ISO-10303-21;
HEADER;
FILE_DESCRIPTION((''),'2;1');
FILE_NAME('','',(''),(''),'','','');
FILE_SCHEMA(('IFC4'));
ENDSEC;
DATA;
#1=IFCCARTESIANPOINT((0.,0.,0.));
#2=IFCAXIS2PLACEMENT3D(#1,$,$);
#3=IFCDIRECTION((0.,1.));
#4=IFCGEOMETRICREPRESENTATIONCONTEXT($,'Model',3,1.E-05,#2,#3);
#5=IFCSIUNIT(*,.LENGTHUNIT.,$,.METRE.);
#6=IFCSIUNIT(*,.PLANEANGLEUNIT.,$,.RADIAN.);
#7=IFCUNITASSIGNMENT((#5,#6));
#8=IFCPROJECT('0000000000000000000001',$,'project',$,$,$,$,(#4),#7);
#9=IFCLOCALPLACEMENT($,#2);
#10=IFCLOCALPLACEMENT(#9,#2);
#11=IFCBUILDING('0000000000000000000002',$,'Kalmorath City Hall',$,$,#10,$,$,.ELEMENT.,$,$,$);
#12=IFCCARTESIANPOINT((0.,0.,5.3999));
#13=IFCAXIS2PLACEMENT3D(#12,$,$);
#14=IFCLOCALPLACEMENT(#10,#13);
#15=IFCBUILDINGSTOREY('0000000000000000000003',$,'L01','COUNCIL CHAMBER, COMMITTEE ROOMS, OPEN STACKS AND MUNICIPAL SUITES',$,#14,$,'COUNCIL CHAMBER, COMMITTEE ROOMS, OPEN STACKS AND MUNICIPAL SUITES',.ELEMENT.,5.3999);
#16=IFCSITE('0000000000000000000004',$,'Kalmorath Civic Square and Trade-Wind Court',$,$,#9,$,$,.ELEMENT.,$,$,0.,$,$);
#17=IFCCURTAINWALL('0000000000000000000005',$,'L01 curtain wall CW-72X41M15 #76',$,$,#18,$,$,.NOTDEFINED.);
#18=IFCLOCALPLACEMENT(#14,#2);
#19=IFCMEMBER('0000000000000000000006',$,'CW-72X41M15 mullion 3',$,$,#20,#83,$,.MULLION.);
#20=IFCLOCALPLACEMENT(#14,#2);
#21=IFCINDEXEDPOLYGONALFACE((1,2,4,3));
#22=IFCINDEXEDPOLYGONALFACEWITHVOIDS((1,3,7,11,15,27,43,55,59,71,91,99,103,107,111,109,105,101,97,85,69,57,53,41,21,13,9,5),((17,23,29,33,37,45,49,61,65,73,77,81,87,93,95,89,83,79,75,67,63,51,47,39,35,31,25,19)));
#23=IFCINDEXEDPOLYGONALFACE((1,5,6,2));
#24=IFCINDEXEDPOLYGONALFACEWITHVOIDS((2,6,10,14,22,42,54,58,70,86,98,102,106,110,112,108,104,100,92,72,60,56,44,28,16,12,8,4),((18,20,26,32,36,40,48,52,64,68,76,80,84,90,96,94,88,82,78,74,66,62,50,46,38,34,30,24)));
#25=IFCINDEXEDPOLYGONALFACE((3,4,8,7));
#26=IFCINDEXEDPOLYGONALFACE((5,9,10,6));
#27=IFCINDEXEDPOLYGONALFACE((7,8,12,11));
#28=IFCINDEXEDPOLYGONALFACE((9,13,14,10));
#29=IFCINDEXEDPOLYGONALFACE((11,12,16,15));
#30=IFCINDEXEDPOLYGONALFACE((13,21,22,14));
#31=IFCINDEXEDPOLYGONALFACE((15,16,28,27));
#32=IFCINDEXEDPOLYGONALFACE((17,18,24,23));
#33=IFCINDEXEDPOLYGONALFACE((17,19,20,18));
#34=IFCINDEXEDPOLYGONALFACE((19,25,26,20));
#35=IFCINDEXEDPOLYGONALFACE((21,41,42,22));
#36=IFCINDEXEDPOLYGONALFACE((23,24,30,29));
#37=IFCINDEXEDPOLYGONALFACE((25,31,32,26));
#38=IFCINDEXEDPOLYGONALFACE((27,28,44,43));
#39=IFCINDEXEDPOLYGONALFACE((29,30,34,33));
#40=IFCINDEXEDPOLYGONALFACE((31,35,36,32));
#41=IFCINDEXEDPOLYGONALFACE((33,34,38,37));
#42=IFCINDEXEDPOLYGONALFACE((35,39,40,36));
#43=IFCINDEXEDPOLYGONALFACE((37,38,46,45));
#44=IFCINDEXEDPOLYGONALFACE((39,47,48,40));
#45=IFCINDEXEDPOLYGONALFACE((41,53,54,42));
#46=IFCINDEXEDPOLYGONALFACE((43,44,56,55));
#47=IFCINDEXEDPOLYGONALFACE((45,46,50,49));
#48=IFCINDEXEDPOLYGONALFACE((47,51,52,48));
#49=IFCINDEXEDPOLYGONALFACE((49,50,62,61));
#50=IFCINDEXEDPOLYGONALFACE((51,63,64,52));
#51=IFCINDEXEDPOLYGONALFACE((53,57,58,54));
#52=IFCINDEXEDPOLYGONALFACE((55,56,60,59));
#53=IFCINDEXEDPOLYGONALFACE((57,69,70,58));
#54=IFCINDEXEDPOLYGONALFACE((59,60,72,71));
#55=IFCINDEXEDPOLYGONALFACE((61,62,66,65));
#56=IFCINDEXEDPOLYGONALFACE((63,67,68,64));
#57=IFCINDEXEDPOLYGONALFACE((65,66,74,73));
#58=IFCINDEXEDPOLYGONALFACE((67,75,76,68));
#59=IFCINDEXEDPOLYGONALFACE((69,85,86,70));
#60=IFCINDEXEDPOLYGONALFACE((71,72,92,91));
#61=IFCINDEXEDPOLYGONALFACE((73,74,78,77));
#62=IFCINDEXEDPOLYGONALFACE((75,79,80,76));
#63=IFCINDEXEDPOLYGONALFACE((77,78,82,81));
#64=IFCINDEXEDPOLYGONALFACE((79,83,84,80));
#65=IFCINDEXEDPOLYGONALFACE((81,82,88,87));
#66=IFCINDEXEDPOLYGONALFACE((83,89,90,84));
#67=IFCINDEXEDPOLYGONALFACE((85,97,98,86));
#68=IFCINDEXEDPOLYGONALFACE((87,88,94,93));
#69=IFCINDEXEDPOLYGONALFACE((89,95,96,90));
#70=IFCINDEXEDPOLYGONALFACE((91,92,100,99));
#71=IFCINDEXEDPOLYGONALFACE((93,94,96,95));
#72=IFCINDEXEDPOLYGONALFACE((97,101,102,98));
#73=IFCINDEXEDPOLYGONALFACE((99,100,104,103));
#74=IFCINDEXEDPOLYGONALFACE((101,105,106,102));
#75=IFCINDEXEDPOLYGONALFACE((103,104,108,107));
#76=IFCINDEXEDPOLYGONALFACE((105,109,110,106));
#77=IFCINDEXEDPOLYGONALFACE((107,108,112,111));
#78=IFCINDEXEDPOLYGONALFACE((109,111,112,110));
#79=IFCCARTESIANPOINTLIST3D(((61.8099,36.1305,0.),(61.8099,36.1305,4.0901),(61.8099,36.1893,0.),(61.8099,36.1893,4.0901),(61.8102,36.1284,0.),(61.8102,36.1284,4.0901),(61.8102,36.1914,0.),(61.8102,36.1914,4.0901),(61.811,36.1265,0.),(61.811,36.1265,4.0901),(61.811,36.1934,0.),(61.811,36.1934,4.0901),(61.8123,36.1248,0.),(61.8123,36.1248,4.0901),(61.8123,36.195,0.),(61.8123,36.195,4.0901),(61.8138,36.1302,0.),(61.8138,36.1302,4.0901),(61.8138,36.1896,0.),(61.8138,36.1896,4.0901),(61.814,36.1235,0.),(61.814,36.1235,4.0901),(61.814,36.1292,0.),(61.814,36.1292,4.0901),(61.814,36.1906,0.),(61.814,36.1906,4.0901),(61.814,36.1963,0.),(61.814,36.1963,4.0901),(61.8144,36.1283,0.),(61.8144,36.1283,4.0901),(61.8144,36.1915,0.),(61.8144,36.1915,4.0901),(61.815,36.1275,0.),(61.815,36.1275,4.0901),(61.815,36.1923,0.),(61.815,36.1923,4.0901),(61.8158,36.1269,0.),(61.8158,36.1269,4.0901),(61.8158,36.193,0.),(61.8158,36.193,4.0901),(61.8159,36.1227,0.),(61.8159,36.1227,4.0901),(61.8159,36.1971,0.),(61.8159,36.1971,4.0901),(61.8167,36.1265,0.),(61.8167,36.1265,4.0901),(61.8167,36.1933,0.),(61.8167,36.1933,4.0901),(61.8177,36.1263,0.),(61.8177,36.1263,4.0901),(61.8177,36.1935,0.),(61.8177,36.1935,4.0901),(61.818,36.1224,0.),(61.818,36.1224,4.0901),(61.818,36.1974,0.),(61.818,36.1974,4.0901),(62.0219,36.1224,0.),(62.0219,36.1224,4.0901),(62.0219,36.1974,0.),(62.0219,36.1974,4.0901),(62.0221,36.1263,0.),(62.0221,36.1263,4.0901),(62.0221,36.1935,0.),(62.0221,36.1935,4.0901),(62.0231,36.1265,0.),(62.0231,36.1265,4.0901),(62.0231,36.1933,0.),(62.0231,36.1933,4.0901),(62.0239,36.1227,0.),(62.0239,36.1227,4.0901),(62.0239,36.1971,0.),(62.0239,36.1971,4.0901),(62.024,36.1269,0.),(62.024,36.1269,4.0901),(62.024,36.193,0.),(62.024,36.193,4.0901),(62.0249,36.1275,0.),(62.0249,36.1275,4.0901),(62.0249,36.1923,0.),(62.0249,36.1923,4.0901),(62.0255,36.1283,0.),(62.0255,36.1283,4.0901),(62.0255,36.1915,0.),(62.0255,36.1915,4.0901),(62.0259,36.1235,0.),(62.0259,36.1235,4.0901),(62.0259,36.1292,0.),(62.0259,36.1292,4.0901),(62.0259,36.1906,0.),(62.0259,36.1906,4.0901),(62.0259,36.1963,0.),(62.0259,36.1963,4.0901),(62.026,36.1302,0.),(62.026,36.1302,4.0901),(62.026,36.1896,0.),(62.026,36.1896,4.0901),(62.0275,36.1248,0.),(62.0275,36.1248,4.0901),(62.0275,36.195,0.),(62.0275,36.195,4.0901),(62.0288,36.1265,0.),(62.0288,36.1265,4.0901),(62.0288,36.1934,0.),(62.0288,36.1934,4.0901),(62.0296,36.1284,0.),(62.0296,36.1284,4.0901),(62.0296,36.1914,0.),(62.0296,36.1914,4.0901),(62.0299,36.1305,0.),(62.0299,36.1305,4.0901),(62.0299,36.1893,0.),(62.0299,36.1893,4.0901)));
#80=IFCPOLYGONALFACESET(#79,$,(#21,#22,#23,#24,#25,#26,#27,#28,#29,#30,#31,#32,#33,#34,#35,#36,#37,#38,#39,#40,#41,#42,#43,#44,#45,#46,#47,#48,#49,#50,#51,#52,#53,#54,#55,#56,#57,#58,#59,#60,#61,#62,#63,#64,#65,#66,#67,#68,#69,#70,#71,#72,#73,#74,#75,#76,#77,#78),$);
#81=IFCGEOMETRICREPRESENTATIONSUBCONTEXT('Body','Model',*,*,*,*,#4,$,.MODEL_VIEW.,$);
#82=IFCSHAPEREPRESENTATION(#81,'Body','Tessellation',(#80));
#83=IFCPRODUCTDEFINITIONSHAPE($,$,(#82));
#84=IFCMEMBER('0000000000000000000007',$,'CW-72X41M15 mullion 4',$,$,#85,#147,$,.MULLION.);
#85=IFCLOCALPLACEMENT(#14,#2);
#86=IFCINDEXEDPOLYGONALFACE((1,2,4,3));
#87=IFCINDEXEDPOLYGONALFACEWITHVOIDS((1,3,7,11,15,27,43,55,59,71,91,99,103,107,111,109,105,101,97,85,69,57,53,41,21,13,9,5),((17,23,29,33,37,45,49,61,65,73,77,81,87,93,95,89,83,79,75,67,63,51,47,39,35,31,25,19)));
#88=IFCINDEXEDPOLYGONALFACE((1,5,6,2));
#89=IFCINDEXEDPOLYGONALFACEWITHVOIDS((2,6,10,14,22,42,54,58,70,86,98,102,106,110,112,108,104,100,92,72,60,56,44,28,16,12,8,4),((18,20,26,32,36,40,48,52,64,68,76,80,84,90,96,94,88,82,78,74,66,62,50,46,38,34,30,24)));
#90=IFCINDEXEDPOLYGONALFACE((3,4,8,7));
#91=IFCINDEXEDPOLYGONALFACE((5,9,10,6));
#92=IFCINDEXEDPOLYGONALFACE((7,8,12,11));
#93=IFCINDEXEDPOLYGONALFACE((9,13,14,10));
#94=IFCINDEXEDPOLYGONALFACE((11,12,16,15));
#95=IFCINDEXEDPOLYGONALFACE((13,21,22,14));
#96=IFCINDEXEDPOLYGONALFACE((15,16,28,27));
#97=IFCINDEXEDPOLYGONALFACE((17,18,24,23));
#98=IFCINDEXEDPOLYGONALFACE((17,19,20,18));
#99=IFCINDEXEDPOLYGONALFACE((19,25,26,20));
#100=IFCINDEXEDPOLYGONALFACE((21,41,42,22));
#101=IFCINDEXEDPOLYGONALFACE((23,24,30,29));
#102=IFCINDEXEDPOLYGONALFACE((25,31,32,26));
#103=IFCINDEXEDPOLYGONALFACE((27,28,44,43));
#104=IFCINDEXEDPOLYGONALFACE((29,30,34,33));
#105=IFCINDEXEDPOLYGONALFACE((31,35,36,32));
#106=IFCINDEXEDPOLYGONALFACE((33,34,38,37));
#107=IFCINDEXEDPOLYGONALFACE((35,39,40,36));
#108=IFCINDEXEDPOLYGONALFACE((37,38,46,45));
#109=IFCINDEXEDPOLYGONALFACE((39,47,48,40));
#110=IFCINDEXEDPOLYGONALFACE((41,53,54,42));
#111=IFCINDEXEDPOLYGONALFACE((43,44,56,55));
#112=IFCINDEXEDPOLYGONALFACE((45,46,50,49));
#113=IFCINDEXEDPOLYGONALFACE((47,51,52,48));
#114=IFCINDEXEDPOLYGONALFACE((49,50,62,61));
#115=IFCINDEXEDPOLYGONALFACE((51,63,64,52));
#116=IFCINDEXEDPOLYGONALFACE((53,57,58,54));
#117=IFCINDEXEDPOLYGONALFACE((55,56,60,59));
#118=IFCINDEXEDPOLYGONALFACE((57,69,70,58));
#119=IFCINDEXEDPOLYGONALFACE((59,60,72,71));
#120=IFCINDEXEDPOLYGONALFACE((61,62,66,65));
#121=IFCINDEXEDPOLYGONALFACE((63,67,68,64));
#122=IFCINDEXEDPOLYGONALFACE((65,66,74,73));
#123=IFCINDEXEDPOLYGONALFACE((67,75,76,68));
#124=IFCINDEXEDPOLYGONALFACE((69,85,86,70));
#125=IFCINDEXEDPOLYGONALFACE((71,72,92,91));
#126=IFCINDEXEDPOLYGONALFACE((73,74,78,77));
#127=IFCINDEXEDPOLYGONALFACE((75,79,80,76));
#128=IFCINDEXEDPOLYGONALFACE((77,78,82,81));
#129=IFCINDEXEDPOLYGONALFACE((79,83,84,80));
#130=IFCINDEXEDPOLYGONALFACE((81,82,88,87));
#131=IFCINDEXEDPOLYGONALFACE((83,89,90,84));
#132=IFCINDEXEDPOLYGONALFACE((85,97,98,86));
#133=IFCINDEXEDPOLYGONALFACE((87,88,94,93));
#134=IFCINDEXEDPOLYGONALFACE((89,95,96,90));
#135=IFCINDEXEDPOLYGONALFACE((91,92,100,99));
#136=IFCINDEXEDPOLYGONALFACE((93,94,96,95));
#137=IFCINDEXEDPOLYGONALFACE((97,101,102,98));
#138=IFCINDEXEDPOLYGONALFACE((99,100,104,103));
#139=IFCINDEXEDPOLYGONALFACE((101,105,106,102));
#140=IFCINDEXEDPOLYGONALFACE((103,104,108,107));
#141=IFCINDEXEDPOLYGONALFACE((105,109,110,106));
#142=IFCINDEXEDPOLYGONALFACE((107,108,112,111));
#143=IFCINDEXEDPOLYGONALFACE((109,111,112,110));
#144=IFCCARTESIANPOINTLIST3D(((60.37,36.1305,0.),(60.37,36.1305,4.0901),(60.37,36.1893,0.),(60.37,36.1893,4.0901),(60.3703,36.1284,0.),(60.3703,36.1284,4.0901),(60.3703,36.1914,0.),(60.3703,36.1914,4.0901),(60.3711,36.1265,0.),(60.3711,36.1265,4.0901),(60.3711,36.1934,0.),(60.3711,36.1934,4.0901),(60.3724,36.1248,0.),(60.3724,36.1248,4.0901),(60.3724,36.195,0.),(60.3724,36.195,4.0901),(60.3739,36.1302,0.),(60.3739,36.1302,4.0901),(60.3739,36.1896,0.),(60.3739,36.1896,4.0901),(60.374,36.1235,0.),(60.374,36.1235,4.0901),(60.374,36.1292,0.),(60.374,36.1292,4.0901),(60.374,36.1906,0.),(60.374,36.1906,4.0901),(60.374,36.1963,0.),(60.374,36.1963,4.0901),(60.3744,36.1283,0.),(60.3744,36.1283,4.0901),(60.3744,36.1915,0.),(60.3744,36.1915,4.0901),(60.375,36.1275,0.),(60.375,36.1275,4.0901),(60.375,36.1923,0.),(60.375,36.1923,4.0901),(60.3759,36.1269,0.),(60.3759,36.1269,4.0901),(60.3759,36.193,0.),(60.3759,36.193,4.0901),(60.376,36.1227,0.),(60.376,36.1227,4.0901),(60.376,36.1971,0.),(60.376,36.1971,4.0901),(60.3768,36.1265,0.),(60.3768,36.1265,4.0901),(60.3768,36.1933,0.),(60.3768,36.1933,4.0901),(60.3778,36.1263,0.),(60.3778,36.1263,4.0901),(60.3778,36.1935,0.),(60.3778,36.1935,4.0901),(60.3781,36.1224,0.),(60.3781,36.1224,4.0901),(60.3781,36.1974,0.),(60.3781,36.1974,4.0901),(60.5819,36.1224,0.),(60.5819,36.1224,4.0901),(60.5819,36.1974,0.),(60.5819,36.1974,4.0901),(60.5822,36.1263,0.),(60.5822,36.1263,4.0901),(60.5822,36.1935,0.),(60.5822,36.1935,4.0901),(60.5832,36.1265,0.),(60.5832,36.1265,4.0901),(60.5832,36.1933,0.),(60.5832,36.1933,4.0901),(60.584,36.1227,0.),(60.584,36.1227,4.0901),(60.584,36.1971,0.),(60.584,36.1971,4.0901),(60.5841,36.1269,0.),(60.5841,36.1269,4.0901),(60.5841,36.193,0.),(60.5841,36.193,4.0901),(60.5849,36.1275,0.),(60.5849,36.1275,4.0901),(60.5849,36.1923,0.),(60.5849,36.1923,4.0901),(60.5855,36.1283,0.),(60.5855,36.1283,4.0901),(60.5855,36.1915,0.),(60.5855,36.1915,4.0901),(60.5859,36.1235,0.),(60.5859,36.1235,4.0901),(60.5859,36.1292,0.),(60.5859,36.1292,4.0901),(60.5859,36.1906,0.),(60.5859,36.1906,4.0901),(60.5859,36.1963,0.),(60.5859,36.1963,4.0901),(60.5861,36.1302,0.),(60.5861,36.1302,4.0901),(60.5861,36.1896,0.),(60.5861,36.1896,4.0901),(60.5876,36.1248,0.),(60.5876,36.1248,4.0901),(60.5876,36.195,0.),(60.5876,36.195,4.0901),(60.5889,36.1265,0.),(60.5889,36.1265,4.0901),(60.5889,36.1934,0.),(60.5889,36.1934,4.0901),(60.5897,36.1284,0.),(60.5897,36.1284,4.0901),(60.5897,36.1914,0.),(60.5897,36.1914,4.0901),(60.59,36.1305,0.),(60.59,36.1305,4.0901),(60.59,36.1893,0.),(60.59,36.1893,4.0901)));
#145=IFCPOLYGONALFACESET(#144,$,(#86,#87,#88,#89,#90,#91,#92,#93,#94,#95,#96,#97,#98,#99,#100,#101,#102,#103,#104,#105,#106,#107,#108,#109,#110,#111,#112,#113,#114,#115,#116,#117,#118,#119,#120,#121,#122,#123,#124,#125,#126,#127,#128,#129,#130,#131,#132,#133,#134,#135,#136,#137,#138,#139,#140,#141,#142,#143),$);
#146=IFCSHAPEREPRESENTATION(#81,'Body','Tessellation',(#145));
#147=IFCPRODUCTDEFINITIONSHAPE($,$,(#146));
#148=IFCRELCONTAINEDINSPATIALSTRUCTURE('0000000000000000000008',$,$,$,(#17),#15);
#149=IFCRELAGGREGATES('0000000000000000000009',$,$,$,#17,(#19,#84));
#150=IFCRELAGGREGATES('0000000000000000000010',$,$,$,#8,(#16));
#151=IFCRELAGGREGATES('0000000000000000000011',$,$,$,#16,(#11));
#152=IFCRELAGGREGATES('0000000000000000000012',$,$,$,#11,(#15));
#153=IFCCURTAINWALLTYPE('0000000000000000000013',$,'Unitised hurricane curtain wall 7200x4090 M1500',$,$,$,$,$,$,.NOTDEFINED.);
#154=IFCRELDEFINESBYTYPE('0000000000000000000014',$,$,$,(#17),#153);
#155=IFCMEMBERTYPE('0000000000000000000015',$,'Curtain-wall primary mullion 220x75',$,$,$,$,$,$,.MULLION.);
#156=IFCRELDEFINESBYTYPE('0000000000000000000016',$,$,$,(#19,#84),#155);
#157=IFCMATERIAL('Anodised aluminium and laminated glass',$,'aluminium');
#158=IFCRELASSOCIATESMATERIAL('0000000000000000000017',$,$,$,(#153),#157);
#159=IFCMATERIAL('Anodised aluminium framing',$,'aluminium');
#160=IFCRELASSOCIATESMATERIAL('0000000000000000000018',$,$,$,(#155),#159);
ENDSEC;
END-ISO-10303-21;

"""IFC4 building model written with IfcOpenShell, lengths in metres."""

from ifc_helpers import new_model, si_unit, direction, frame, origin, origin_2d, place, context, subcontext, project, spatial, hollow_rectangle, extrude, material, material_profile, profile_set, type_object, element, aggregate, save


model = new_model("IFC4")

# Units and contexts
model_context = context("Model", 3, precision=1e-05, world=origin(), true_north=direction((0.0, 1.0)))
body_context = subcontext(model_context, "Body", "Model", "MODEL_VIEW")
ifc_project = project(units=[si_unit("LENGTHUNIT", "METRE"), si_unit("PLANEANGLEUNIT", "RADIAN")], contexts=[model_context])

# Site, building, storey
site_placement = place(None, origin())
site = spatial("IfcSite", under=ifc_project, at=site_placement, Name="Kalmorath Civic Square and Trade-Wind Court", CompositionType="ELEMENT", RefElevation=0.0)
building_placement = place(site_placement, origin())
building = spatial("IfcBuilding", under=site, at=building_placement, Name="Kalmorath City Hall", CompositionType="ELEMENT")
storey_placement = place(building_placement, frame((0.0, 0.0, 5.3999)))
storey = spatial("IfcBuildingStorey", under=building, at=storey_placement, Name="L01", Description="COUNCIL CHAMBER, COMMITTEE ROOMS, OPEN STACKS AND MUNICIPAL SUITES", LongName="COUNCIL CHAMBER, COMMITTEE ROOMS, OPEN STACKS AND MUNICIPAL SUITES", CompositionType="ELEMENT", Elevation=5.3999)

# Curtain wall, members
ifc_material_1 = material(Name="Anodised aluminium and laminated glass", Category="aluminium")
curtain_wall_type = type_object("IfcCurtainWallType", Name="Unitised hurricane curtain wall 7200x4090 M1500", PredefinedType="NOTDEFINED", material=ifc_material_1)
curtain_wall_placement = place(storey_placement, origin())
curtain_wall = element("IfcCurtainWall", 1, at=curtain_wall_placement, inside=storey, type_object=curtain_wall_type, Name="L01 curtain wall CW-72X41M15 #76", PredefinedType="NOTDEFINED")
ifc_material_2 = material(Name="Anodised aluminium framing", Category="aluminium")
ifc_material_profile_1 = material_profile(ifc_material_2, hollow_rectangle(XDim=0.075, YDim=0.22, WallThickness=0.0039, InnerFilletRadius=0.0039, OuterFilletRadius=0.0081, at=origin_2d()), Name="ALU-MUL-220X75X4")
ifc_profile_set_1 = profile_set([ifc_material_profile_1], Name="Anodised aluminium framing")
member_type_1 = type_object("IfcMemberType", Name="Curtain-wall primary mullion 220x75", PredefinedType="MULLION", material=ifc_profile_set_1)
member_1_placement = place(storey_placement, frame((61.9199, 36.1599, 0.0), z_axis=(0.0, 0.0, 1.0), x_axis=(0.0, -1.0, 0.0)))
member_1 = element("IfcMember", 2, at=member_1_placement, type_object=member_type_1, Name="CW-72X41M15 mullion 3", PredefinedType="MULLION", context=body_context, shape_type="SweptSolid", body=[
    extrude(hollow_rectangle(XDim=0.075, YDim=0.22, WallThickness=0.0039, InnerFilletRadius=0.0039, OuterFilletRadius=0.0081, at=origin_2d()), origin(), (0.0, 0.0, 1.0), 4.0901),
])
member_2_placement = place(storey_placement, frame((60.48, 36.1599, 0.0), z_axis=(0.0, 0.0, 1.0), x_axis=(0.0, -1.0, 0.0)))
member_2 = element("IfcMember", 3, at=member_2_placement, type_object=member_type_1, Name="CW-72X41M15 mullion 4", PredefinedType="MULLION", context=body_context, shape_type="SweptSolid", body=[
    extrude(hollow_rectangle(XDim=0.075, YDim=0.22, WallThickness=0.0039, InnerFilletRadius=0.0039, OuterFilletRadius=0.0081, at=origin_2d()), origin(), (0.0, 0.0, 1.0), 4.0901),
])
aggregate(curtain_wall, [member_1, member_2])

save(model, "model.ifc")
